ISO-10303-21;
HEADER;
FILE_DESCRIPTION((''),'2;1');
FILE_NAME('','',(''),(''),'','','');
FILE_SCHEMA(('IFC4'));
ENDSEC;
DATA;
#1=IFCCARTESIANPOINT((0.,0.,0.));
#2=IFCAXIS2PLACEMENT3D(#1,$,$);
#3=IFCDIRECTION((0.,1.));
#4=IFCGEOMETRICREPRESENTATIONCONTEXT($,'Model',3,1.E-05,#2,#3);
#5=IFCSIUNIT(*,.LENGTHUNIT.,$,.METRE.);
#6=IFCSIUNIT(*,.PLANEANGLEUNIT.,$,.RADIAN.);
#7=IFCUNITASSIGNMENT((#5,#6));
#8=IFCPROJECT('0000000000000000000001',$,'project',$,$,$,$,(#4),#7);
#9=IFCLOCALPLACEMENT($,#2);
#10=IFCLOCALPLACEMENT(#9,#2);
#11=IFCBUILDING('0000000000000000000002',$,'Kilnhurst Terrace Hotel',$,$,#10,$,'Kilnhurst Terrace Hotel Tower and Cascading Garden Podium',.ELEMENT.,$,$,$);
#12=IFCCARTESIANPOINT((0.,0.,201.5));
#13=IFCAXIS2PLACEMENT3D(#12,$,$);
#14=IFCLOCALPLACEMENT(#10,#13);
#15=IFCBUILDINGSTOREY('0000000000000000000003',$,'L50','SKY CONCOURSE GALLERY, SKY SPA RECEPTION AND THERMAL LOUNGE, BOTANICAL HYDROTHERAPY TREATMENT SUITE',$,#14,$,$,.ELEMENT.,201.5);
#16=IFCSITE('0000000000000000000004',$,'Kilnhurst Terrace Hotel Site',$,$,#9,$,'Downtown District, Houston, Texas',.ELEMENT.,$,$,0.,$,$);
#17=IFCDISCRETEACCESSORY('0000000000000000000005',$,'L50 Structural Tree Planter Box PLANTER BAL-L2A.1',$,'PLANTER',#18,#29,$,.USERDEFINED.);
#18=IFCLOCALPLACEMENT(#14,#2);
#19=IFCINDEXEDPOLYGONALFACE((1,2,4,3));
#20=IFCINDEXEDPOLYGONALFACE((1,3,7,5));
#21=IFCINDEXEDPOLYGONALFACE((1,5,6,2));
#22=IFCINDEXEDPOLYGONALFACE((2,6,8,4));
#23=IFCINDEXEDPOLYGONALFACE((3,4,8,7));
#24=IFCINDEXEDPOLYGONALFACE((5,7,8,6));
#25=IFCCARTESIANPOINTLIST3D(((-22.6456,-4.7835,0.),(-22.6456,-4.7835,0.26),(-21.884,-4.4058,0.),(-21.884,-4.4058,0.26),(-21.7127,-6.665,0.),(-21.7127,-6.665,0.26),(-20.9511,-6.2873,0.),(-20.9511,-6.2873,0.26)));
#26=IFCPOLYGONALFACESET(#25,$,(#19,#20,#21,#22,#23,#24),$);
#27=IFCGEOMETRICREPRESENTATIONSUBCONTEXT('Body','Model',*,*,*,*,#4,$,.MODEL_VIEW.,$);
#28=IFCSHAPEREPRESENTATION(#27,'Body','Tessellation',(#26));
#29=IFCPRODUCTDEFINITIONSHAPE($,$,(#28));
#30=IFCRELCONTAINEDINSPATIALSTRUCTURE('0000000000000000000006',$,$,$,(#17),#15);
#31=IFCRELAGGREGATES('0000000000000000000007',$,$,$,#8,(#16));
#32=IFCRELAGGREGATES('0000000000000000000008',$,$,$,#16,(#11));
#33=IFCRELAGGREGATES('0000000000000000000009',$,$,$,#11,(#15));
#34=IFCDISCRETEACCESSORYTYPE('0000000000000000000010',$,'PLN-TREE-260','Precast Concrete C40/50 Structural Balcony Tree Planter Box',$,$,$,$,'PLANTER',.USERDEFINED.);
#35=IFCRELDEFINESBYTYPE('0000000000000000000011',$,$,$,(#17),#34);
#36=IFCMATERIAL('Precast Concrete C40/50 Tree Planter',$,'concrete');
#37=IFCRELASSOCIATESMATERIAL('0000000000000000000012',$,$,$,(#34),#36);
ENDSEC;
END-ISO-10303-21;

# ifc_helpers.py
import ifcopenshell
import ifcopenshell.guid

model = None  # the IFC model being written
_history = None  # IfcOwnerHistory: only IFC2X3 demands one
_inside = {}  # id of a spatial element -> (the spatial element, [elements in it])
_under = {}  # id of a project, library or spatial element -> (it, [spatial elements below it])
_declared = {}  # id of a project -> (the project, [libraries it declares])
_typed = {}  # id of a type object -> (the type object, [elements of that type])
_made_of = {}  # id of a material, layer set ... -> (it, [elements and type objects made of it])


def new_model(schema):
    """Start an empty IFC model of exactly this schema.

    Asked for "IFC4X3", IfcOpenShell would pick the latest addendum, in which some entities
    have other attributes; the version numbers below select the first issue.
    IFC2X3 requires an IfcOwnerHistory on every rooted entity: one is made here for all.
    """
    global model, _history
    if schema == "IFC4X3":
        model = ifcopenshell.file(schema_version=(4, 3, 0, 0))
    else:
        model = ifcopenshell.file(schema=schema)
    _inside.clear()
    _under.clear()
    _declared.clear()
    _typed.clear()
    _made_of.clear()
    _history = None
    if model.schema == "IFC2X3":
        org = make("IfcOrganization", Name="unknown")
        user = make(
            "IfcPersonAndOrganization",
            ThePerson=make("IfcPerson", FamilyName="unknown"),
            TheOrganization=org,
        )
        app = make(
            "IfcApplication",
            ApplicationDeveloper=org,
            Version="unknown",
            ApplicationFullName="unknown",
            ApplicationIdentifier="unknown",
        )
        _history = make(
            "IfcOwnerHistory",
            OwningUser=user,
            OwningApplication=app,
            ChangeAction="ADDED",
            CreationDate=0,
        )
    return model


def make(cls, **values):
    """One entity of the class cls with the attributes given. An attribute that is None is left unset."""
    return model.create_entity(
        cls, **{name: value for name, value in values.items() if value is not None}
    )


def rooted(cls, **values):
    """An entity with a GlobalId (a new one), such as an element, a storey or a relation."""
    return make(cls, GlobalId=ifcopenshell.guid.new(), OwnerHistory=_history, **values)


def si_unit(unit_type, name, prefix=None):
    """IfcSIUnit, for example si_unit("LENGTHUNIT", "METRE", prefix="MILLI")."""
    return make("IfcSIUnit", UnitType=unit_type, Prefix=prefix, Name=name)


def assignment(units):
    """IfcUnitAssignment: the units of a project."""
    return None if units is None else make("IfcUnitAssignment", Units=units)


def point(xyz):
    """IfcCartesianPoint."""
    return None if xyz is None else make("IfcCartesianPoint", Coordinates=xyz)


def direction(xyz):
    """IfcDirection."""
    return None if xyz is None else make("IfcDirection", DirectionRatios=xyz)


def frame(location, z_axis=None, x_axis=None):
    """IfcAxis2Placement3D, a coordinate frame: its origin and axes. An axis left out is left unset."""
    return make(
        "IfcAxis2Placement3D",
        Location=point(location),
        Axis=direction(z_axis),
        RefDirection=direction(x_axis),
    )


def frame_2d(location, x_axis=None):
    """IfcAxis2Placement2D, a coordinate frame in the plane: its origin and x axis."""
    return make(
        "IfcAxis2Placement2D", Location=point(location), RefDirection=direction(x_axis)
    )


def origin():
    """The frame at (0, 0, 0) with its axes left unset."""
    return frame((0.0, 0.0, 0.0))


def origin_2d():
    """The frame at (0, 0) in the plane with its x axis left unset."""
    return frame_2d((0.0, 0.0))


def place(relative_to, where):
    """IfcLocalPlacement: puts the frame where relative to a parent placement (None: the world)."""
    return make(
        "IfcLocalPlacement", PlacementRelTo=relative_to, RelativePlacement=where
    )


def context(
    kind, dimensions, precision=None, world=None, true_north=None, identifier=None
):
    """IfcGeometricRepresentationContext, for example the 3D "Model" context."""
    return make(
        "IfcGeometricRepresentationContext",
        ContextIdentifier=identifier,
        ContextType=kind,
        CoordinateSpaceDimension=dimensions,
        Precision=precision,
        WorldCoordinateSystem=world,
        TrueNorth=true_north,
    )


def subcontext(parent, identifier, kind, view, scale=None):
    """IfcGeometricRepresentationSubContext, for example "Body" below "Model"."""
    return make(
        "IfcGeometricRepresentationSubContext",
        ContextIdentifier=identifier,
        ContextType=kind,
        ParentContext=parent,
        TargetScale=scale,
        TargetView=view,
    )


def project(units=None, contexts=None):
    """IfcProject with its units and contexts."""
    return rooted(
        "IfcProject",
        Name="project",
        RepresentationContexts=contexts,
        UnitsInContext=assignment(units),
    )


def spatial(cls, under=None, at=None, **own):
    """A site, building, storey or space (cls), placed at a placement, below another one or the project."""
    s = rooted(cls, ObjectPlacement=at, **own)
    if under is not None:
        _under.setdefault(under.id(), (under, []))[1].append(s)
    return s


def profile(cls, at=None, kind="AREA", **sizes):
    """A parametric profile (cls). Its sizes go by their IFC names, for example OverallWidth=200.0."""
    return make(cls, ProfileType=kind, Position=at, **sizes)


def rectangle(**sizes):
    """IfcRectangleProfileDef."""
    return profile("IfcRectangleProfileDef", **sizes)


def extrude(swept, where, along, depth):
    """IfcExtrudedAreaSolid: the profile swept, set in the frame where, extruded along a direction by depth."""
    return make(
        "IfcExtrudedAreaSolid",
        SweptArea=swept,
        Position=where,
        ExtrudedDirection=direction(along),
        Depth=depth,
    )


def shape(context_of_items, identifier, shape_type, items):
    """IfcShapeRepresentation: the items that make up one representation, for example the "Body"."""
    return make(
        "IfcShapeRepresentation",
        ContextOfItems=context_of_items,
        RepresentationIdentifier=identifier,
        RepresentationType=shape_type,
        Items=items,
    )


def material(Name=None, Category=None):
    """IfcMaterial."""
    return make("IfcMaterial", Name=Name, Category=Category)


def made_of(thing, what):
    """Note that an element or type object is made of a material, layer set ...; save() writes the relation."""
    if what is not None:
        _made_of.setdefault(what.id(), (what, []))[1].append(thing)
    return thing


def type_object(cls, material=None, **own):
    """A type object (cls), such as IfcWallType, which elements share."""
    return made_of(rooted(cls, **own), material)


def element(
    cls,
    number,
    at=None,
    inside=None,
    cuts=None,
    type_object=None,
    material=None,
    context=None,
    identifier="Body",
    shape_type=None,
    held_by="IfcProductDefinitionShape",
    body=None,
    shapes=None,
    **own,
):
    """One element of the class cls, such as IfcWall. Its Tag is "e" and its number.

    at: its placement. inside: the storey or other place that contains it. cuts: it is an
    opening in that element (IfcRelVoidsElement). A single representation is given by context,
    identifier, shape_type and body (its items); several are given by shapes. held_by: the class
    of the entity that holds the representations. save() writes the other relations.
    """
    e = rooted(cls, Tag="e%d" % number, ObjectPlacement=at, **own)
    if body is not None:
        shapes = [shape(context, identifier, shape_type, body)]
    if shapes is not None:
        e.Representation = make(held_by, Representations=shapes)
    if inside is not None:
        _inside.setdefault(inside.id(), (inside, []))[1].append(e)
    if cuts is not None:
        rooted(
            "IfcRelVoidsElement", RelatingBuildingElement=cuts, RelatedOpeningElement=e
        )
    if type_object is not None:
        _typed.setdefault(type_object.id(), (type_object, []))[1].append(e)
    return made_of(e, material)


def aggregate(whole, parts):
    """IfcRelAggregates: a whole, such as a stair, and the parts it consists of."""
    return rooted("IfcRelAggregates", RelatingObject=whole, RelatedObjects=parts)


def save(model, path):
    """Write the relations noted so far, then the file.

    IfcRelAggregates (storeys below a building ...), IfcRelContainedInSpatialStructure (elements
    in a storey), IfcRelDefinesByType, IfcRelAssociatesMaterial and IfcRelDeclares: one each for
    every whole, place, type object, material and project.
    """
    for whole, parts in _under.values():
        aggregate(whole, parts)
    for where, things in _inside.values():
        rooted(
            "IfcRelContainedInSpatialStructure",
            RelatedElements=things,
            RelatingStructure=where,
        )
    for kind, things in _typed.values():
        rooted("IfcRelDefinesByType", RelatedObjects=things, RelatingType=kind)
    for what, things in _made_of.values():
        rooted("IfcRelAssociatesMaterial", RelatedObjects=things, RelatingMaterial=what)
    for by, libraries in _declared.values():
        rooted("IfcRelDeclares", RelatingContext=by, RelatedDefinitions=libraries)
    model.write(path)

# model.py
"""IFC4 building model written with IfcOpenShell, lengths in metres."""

from ifc_helpers import new_model, si_unit, direction, frame, origin, origin_2d, place, context, subcontext, project, spatial, rectangle, extrude, material, type_object, element, save


model = new_model("IFC4")

# Units and contexts
model_context = context("Model", 3, precision=1e-05, world=origin(), true_north=direction((0.0, 1.0)))
body_context = subcontext(model_context, "Body", "Model", "MODEL_VIEW")
ifc_project = project(units=[si_unit("LENGTHUNIT", "METRE"), si_unit("PLANEANGLEUNIT", "RADIAN")], contexts=[model_context])

# Site, building, storey
site_placement = place(None, origin())
site = spatial("IfcSite", under=ifc_project, at=site_placement, Name="Kilnhurst Terrace Hotel Site", LongName="Downtown District, Houston, Texas", CompositionType="ELEMENT", RefElevation=0.0)
building_placement = place(site_placement, origin())
building = spatial("IfcBuilding", under=site, at=building_placement, Name="Kilnhurst Terrace Hotel", LongName="Kilnhurst Terrace Hotel Tower and Cascading Garden Podium", CompositionType="ELEMENT")
storey_placement = place(building_placement, frame((0.0, 0.0, 201.5)))
storey = spatial("IfcBuildingStorey", under=building, at=storey_placement, Name="L50", Description="SKY CONCOURSE GALLERY, SKY SPA RECEPTION AND THERMAL LOUNGE, BOTANICAL HYDROTHERAPY TREATMENT SUITE", CompositionType="ELEMENT", Elevation=201.5)

# Discrete accessory
ifc_material_1 = material(Name="Precast Concrete C40/50 Tree Planter", Category="concrete")
discrete_accessory_type = type_object("IfcDiscreteAccessoryType", Name="PLN-TREE-260", Description="Precast Concrete C40/50 Structural Balcony Tree Planter Box", ElementType="PLANTER", PredefinedType="USERDEFINED", material=ifc_material_1)
discrete_accessory_placement = place(storey_placement, frame((-21.7983, -5.5354, 0.0), z_axis=(0.0, 0.0, 1.0), x_axis=(0.444244, -0.895906, 0.0)))
element("IfcDiscreteAccessory", 1, at=discrete_accessory_placement, inside=storey, type_object=discrete_accessory_type, Name="L50 Structural Tree Planter Box PLANTER BAL-L2A.1", ObjectType="PLANTER", PredefinedType="USERDEFINED", context=body_context, shape_type="SweptSolid", body=[
    extrude(rectangle(XDim=2.1001, YDim=0.8501, at=origin_2d()), origin(), (0.0, 0.0, 1.0), 0.26),
])

save(model, "model.ifc")
